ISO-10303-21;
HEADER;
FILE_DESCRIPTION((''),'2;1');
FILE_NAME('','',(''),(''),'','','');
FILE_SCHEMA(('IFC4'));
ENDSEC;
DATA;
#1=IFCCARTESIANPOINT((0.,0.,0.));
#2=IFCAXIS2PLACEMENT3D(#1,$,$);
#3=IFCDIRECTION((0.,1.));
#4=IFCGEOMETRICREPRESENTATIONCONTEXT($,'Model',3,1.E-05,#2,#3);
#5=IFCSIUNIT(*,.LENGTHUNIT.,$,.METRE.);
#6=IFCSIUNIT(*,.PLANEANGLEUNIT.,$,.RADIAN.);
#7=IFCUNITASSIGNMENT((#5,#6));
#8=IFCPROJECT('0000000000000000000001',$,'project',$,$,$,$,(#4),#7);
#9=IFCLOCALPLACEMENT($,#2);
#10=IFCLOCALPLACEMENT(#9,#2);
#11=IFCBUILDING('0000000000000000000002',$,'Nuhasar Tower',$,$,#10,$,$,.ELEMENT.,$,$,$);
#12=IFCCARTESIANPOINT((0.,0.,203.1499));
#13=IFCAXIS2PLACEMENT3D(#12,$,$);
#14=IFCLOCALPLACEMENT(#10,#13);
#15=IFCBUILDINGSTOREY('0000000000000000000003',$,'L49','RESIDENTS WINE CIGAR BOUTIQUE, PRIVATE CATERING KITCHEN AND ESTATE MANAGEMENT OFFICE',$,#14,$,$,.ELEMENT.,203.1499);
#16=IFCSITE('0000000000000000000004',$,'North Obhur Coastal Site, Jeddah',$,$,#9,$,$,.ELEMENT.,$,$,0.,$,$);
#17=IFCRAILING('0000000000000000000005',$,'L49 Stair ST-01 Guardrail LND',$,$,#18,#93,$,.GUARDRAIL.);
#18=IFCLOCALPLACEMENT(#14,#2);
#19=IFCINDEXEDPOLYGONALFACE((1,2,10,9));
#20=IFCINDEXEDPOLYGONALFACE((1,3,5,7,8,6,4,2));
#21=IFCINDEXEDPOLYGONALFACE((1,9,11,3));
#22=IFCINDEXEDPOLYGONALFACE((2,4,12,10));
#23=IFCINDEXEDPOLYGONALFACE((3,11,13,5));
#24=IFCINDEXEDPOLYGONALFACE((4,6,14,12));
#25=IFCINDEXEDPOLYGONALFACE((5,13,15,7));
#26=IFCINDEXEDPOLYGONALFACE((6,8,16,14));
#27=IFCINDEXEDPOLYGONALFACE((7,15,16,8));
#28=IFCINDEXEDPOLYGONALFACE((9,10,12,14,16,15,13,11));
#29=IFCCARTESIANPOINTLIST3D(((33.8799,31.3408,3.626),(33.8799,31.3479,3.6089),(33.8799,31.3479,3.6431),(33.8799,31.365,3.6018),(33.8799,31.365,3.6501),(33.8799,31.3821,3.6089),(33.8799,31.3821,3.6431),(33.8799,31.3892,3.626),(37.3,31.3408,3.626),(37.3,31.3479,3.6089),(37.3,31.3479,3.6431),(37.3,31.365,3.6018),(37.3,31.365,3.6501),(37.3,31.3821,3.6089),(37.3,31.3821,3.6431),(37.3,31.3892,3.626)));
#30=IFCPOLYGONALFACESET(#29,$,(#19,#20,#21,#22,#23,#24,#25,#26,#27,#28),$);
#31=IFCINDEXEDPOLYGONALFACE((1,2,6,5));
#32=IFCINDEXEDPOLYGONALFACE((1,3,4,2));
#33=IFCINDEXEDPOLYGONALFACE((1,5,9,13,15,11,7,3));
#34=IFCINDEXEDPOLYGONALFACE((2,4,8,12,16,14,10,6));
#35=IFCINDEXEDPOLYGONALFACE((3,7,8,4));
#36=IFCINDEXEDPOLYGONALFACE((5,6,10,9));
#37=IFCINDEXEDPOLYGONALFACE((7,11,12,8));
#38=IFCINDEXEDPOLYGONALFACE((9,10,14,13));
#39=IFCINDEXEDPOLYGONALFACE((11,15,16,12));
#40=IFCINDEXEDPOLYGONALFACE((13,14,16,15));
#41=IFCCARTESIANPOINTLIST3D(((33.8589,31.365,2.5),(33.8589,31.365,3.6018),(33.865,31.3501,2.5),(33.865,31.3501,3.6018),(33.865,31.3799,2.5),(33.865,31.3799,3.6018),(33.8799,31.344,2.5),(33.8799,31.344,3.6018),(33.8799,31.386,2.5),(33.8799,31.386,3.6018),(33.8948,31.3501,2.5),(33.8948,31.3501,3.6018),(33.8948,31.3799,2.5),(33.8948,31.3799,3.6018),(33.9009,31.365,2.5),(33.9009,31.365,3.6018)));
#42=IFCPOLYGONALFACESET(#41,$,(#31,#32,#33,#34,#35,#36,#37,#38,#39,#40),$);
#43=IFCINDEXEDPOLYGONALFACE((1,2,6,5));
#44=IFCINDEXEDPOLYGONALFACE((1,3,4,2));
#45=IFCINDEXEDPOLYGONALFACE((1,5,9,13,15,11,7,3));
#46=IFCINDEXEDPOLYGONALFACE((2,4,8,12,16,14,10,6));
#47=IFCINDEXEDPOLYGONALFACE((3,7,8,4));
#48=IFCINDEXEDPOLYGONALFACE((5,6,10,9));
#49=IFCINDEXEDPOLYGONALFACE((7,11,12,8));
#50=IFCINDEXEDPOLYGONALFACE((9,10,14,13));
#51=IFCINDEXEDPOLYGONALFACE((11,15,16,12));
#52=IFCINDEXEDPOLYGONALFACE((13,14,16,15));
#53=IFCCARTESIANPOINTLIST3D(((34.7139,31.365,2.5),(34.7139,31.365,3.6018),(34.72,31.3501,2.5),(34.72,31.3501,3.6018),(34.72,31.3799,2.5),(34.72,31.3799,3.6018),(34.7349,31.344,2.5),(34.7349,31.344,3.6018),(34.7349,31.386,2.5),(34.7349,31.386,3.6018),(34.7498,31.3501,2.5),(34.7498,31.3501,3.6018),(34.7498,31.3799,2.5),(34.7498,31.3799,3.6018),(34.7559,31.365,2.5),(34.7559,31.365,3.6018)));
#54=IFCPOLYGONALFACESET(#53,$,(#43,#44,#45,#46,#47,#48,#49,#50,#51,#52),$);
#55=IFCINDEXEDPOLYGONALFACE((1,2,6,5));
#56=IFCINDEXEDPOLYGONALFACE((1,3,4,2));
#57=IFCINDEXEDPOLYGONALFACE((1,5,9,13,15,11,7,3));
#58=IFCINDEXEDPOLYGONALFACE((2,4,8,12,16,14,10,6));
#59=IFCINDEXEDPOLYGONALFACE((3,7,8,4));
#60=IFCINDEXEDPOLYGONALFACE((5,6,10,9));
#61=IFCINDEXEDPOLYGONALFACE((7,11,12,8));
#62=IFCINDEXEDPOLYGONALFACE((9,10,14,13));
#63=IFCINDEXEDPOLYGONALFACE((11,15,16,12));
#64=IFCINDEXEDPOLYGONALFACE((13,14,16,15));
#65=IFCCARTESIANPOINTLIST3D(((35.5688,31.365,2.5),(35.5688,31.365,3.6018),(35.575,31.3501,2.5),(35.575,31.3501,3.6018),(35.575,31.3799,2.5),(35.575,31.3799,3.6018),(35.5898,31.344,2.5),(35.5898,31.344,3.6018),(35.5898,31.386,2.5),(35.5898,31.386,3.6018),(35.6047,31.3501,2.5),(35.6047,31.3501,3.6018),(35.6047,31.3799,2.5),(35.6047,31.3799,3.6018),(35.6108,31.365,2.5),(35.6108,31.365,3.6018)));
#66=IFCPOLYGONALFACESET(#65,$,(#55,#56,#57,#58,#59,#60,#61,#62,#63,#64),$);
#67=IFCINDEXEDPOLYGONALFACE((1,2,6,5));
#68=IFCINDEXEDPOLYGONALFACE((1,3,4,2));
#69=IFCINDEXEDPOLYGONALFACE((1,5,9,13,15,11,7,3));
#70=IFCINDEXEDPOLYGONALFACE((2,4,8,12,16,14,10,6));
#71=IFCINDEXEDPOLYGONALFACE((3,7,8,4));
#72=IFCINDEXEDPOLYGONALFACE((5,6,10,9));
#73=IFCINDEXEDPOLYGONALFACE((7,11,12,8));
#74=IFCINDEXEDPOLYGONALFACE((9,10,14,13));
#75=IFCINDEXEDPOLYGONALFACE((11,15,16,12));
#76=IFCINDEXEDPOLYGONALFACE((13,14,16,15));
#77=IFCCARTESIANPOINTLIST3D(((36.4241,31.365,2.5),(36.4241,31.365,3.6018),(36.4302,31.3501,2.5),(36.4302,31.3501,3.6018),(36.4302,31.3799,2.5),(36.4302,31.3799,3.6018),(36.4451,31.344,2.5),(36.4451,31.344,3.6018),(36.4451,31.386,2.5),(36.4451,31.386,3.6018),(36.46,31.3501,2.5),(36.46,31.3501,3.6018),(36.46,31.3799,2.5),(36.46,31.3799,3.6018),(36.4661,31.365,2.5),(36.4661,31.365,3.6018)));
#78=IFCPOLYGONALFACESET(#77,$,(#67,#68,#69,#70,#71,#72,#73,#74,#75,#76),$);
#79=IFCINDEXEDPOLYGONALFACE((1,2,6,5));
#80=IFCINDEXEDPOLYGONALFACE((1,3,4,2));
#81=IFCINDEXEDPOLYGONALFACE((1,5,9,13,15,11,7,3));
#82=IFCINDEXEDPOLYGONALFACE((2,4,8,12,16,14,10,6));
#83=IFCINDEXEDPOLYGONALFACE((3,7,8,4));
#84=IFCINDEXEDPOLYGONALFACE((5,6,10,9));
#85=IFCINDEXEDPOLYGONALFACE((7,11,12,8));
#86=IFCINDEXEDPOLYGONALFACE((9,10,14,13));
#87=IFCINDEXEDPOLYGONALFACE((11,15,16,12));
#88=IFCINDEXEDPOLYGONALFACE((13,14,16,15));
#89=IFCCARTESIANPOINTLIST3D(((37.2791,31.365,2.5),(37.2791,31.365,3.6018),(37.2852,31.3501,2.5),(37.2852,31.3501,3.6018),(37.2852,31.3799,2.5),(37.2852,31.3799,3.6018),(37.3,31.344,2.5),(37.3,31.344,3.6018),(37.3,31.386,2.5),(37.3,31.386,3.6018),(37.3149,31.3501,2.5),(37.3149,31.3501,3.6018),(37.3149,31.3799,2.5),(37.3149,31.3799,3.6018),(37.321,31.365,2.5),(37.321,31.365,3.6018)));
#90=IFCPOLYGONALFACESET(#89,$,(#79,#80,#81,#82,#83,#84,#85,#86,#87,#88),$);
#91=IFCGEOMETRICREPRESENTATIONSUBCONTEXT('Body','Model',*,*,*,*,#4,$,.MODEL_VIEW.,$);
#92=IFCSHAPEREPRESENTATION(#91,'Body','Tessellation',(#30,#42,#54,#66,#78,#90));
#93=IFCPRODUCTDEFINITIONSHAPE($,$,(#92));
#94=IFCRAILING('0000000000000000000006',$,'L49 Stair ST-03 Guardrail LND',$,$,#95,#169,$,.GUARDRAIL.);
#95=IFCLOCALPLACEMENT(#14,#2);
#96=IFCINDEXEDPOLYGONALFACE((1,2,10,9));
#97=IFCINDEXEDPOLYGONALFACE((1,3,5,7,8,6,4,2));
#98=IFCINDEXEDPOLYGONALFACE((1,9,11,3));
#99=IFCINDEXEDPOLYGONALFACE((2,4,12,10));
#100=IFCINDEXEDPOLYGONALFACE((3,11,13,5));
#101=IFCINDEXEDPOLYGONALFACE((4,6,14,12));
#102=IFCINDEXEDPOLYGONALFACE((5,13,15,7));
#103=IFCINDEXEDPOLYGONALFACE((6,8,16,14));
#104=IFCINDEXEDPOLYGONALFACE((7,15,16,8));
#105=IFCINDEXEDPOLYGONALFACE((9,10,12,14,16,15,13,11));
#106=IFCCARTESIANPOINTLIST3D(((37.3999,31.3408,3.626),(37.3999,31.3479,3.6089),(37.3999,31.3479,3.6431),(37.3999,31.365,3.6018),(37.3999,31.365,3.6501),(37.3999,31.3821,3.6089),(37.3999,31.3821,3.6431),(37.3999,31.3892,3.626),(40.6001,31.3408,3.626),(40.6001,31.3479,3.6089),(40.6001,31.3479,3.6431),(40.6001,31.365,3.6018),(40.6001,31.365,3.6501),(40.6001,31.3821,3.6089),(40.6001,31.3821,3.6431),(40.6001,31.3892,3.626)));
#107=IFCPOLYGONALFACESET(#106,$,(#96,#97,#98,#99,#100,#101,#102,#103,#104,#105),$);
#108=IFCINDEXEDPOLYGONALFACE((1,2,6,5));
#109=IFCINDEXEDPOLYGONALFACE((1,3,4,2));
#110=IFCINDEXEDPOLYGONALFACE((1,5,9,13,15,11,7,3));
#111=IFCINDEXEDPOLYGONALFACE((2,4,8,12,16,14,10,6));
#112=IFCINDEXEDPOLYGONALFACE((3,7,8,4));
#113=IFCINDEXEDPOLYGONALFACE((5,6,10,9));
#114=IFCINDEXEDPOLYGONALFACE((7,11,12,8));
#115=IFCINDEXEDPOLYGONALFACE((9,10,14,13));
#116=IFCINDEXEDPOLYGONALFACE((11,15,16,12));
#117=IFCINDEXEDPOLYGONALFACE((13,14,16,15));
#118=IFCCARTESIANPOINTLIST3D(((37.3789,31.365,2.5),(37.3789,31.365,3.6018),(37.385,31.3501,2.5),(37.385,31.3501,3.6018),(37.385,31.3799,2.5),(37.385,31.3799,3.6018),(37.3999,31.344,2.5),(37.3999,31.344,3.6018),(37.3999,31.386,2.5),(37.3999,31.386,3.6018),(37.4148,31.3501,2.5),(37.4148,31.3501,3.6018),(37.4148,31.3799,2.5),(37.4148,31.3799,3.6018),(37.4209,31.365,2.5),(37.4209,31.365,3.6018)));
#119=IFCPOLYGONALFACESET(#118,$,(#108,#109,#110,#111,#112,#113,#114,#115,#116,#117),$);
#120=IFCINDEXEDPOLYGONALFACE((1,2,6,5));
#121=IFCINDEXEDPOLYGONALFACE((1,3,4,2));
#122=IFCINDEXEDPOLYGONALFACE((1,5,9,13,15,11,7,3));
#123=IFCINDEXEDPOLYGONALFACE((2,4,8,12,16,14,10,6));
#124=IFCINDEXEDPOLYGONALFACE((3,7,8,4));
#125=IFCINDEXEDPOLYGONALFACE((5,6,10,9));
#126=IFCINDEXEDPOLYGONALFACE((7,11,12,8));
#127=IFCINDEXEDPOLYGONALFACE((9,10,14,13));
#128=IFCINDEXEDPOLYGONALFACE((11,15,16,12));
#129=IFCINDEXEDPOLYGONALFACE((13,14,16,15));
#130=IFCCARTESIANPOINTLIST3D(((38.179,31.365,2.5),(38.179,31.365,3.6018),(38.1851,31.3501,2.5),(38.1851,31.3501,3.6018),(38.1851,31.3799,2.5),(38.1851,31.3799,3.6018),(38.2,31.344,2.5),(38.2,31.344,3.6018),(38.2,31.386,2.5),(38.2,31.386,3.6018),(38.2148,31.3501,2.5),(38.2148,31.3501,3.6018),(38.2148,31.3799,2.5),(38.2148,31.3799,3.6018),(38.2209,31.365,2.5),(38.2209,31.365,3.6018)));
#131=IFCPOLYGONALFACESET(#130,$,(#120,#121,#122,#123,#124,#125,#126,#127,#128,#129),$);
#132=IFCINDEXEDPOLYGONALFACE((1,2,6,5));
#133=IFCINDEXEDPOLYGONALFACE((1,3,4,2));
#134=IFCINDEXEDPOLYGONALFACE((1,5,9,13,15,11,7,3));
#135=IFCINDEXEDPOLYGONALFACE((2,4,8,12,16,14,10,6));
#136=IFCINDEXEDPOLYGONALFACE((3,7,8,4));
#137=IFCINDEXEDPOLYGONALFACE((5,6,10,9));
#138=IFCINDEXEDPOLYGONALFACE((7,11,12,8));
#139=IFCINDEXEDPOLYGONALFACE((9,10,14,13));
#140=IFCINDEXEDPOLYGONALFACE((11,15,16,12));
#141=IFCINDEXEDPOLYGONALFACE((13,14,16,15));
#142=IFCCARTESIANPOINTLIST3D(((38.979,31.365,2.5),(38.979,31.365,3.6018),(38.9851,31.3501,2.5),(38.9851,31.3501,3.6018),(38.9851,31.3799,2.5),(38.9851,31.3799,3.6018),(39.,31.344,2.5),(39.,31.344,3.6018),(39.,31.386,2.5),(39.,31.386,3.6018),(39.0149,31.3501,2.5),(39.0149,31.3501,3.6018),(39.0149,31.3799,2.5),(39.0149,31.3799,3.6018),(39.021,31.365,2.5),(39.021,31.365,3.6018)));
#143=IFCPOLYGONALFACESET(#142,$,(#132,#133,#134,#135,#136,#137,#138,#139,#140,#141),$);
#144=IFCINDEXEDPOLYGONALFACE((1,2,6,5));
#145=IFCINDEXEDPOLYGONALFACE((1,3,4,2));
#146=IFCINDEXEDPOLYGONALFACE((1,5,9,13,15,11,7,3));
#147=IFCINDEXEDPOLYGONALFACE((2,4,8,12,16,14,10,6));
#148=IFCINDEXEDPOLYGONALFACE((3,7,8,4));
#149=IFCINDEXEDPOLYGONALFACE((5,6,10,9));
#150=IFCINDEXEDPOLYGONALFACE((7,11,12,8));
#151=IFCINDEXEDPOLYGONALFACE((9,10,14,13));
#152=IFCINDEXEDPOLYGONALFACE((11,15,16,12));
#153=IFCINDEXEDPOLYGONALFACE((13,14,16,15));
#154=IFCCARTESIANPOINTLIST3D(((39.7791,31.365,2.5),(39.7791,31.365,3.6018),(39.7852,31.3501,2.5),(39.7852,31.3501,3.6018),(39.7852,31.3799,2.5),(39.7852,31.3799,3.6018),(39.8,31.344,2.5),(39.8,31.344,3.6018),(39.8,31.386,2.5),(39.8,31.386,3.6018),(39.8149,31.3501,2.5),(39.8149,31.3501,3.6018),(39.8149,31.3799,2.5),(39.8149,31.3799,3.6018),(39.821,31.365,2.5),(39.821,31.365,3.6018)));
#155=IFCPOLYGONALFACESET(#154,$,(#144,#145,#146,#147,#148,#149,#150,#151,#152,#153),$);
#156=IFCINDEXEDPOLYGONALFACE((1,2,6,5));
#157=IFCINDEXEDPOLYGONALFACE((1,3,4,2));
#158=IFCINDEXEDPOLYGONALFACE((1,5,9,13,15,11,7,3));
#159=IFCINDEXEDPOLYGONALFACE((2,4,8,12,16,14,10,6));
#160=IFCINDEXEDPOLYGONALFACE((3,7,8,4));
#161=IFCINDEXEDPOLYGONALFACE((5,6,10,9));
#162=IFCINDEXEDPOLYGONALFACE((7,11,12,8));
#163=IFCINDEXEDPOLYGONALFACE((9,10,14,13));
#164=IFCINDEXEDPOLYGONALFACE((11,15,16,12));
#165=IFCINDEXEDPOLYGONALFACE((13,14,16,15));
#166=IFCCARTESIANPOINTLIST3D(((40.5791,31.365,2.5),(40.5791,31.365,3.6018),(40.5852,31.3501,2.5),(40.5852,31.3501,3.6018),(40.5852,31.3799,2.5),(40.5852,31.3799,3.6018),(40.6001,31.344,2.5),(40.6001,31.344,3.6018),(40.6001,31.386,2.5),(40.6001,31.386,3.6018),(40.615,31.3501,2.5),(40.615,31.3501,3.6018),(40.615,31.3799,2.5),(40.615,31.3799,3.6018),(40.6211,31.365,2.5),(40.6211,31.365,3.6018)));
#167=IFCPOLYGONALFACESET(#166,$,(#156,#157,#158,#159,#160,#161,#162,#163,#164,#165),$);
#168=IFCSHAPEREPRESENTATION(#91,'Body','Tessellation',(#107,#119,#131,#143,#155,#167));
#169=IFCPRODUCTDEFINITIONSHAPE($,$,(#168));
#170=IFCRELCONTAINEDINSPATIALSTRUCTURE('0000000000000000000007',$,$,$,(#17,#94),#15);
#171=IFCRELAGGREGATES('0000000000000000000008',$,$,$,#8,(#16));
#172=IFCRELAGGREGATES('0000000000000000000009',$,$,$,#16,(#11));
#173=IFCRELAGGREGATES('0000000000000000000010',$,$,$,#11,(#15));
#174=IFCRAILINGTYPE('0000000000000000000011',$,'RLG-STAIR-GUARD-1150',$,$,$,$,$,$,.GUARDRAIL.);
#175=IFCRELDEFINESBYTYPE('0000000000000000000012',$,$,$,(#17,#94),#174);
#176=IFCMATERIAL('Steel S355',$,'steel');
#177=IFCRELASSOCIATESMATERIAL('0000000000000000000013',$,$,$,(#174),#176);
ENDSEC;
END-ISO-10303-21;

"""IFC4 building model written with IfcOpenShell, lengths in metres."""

from ifc_helpers import new_model, si_unit, direction, frame, origin, place, context, subcontext, project, spatial, polyline, outline, extrude, material, type_object, element, save


model = new_model("IFC4")

# Units and contexts
model_context = context("Model", 3, precision=1e-05, world=origin(), true_north=direction((0.0, 1.0)))
body_context = subcontext(model_context, "Body", "Model", "MODEL_VIEW")
ifc_project = project(units=[si_unit("LENGTHUNIT", "METRE"), si_unit("PLANEANGLEUNIT", "RADIAN")], contexts=[model_context])

# Site, building, storey
site_placement = place(None, origin())
site = spatial("IfcSite", under=ifc_project, at=site_placement, Name="North Obhur Coastal Site, Jeddah", CompositionType="ELEMENT", RefElevation=0.0)
building_placement = place(site_placement, origin())
building = spatial("IfcBuilding", under=site, at=building_placement, Name="Nuhasar Tower", CompositionType="ELEMENT")
storey_placement = place(building_placement, frame((0.0, 0.0, 203.1499)))
storey = spatial("IfcBuildingStorey", under=building, at=storey_placement, Name="L49", Description="RESIDENTS WINE CIGAR BOUTIQUE, PRIVATE CATERING KITCHEN AND ESTATE MANAGEMENT OFFICE", CompositionType="ELEMENT", Elevation=203.1499)

# Shared definitions
ifc_material_1 = material(Name="Steel S355", Category="steel")

# Railings
railing_type_1 = type_object("IfcRailingType", Name="RLG-STAIR-GUARD-1150", PredefinedType="GUARDRAIL", material=ifc_material_1)
railing_1_placement = place(storey_placement, frame((33.8799, 31.365, 2.5)))
element("IfcRailing", 1, at=railing_1_placement, inside=storey, type_object=railing_type_1, Name="L49 Stair ST-01 Guardrail LND", PredefinedType="GUARDRAIL", context=body_context, shape_type="SweptSolid", body=[
    extrude(outline(polyline([(0.0242, 0.0), (0.0171, 0.0171), (0.0, 0.0242), (-0.0171, 0.0171), (-0.0242, 0.0), (-0.0171, -0.0171), (0.0, -0.0242), (0.0171, -0.0171), (0.0242, 0.0)])), frame((0.0, 0.0, 1.126), z_axis=(1.0, 0.0, 0.0), x_axis=(0.0, 1.0, 0.0)), (0.0, 0.0, 1.0), 3.4202),
    extrude(outline(polyline([(0.021, 0.0), (0.0149, 0.0149), (0.0, 0.021), (-0.0149, 0.0149), (-0.021, 0.0), (-0.0149, -0.0149), (0.0, -0.021), (0.0149, -0.0149), (0.021, 0.0)])), origin(), (0.0, 0.0, 1.0), 1.1018),
    extrude(outline(polyline([(0.021, 0.0), (0.0149, 0.0149), (0.0, 0.021), (-0.0149, 0.0149), (-0.021, 0.0), (-0.0149, -0.0149), (0.0, -0.021), (0.0149, -0.0149), (0.021, 0.0)])), frame((0.855, 0.0, 0.0)), (0.0, 0.0, 1.0), 1.1018),
    extrude(outline(polyline([(0.021, 0.0), (0.0149, 0.0149), (0.0, 0.021), (-0.0149, 0.0149), (-0.021, 0.0), (-0.0149, -0.0149), (0.0, -0.021), (0.0149, -0.0149), (0.021, 0.0)])), frame((1.71, 0.0, 0.0)), (0.0, 0.0, 1.0), 1.1018),
    extrude(outline(polyline([(0.021, 0.0), (0.0149, 0.0149), (0.0, 0.021), (-0.0149, 0.0149), (-0.021, 0.0), (-0.0149, -0.0149), (0.0, -0.021), (0.0149, -0.0149), (0.021, 0.0)])), frame((2.5652, 0.0, 0.0)), (0.0, 0.0, 1.0), 1.1018),
    extrude(outline(polyline([(0.021, 0.0), (0.0149, 0.0149), (0.0, 0.021), (-0.0149, 0.0149), (-0.021, 0.0), (-0.0149, -0.0149), (0.0, -0.021), (0.0149, -0.0149), (0.021, 0.0)])), frame((3.4202, 0.0, 0.0)), (0.0, 0.0, 1.0), 1.1018),
])
railing_2_placement = place(storey_placement, frame((37.3999, 31.365, 2.5)))
element("IfcRailing", 2, at=railing_2_placement, inside=storey, type_object=railing_type_1, Name="L49 Stair ST-03 Guardrail LND", PredefinedType="GUARDRAIL", context=body_context, shape_type="SweptSolid", body=[
    extrude(outline(polyline([(0.0242, 0.0), (0.0171, 0.0171), (0.0, 0.0242), (-0.0171, 0.0171), (-0.0242, 0.0), (-0.0171, -0.0171), (0.0, -0.0242), (0.0171, -0.0171), (0.0242, 0.0)])), frame((0.0, 0.0, 1.126), z_axis=(1.0, 0.0, 0.0), x_axis=(0.0, 1.0, 0.0)), (0.0, 0.0, 1.0), 3.2002),
    extrude(outline(polyline([(0.021, 0.0), (0.0149, 0.0149), (0.0, 0.021), (-0.0149, 0.0149), (-0.021, 0.0), (-0.0149, -0.0149), (0.0, -0.021), (0.0149, -0.0149), (0.021, 0.0)])), origin(), (0.0, 0.0, 1.0), 1.1018),
    extrude(outline(polyline([(0.021, 0.0), (0.0149, 0.0149), (0.0, 0.021), (-0.0149, 0.0149), (-0.021, 0.0), (-0.0149, -0.0149), (0.0, -0.021), (0.0149, -0.0149), (0.021, 0.0)])), frame((0.8, 0.0, 0.0)), (0.0, 0.0, 1.0), 1.1018),
    extrude(outline(polyline([(0.021, 0.0), (0.0149, 0.0149), (0.0, 0.021), (-0.0149, 0.0149), (-0.021, 0.0), (-0.0149, -0.0149), (0.0, -0.021), (0.0149, -0.0149), (0.021, 0.0)])), frame((1.6001, 0.0, 0.0)), (0.0, 0.0, 1.0), 1.1018),
    extrude(outline(polyline([(0.021, 0.0), (0.0149, 0.0149), (0.0, 0.021), (-0.0149, 0.0149), (-0.021, 0.0), (-0.0149, -0.0149), (0.0, -0.021), (0.0149, -0.0149), (0.021, 0.0)])), frame((2.4001, 0.0, 0.0)), (0.0, 0.0, 1.0), 1.1018),
    extrude(outline(polyline([(0.021, 0.0), (0.0149, 0.0149), (0.0, 0.021), (-0.0149, 0.0149), (-0.021, 0.0), (-0.0149, -0.0149), (0.0, -0.021), (0.0149, -0.0149), (0.021, 0.0)])), frame((3.2002, 0.0, 0.0)), (0.0, 0.0, 1.0), 1.1018),
])

save(model, "model.ifc")
